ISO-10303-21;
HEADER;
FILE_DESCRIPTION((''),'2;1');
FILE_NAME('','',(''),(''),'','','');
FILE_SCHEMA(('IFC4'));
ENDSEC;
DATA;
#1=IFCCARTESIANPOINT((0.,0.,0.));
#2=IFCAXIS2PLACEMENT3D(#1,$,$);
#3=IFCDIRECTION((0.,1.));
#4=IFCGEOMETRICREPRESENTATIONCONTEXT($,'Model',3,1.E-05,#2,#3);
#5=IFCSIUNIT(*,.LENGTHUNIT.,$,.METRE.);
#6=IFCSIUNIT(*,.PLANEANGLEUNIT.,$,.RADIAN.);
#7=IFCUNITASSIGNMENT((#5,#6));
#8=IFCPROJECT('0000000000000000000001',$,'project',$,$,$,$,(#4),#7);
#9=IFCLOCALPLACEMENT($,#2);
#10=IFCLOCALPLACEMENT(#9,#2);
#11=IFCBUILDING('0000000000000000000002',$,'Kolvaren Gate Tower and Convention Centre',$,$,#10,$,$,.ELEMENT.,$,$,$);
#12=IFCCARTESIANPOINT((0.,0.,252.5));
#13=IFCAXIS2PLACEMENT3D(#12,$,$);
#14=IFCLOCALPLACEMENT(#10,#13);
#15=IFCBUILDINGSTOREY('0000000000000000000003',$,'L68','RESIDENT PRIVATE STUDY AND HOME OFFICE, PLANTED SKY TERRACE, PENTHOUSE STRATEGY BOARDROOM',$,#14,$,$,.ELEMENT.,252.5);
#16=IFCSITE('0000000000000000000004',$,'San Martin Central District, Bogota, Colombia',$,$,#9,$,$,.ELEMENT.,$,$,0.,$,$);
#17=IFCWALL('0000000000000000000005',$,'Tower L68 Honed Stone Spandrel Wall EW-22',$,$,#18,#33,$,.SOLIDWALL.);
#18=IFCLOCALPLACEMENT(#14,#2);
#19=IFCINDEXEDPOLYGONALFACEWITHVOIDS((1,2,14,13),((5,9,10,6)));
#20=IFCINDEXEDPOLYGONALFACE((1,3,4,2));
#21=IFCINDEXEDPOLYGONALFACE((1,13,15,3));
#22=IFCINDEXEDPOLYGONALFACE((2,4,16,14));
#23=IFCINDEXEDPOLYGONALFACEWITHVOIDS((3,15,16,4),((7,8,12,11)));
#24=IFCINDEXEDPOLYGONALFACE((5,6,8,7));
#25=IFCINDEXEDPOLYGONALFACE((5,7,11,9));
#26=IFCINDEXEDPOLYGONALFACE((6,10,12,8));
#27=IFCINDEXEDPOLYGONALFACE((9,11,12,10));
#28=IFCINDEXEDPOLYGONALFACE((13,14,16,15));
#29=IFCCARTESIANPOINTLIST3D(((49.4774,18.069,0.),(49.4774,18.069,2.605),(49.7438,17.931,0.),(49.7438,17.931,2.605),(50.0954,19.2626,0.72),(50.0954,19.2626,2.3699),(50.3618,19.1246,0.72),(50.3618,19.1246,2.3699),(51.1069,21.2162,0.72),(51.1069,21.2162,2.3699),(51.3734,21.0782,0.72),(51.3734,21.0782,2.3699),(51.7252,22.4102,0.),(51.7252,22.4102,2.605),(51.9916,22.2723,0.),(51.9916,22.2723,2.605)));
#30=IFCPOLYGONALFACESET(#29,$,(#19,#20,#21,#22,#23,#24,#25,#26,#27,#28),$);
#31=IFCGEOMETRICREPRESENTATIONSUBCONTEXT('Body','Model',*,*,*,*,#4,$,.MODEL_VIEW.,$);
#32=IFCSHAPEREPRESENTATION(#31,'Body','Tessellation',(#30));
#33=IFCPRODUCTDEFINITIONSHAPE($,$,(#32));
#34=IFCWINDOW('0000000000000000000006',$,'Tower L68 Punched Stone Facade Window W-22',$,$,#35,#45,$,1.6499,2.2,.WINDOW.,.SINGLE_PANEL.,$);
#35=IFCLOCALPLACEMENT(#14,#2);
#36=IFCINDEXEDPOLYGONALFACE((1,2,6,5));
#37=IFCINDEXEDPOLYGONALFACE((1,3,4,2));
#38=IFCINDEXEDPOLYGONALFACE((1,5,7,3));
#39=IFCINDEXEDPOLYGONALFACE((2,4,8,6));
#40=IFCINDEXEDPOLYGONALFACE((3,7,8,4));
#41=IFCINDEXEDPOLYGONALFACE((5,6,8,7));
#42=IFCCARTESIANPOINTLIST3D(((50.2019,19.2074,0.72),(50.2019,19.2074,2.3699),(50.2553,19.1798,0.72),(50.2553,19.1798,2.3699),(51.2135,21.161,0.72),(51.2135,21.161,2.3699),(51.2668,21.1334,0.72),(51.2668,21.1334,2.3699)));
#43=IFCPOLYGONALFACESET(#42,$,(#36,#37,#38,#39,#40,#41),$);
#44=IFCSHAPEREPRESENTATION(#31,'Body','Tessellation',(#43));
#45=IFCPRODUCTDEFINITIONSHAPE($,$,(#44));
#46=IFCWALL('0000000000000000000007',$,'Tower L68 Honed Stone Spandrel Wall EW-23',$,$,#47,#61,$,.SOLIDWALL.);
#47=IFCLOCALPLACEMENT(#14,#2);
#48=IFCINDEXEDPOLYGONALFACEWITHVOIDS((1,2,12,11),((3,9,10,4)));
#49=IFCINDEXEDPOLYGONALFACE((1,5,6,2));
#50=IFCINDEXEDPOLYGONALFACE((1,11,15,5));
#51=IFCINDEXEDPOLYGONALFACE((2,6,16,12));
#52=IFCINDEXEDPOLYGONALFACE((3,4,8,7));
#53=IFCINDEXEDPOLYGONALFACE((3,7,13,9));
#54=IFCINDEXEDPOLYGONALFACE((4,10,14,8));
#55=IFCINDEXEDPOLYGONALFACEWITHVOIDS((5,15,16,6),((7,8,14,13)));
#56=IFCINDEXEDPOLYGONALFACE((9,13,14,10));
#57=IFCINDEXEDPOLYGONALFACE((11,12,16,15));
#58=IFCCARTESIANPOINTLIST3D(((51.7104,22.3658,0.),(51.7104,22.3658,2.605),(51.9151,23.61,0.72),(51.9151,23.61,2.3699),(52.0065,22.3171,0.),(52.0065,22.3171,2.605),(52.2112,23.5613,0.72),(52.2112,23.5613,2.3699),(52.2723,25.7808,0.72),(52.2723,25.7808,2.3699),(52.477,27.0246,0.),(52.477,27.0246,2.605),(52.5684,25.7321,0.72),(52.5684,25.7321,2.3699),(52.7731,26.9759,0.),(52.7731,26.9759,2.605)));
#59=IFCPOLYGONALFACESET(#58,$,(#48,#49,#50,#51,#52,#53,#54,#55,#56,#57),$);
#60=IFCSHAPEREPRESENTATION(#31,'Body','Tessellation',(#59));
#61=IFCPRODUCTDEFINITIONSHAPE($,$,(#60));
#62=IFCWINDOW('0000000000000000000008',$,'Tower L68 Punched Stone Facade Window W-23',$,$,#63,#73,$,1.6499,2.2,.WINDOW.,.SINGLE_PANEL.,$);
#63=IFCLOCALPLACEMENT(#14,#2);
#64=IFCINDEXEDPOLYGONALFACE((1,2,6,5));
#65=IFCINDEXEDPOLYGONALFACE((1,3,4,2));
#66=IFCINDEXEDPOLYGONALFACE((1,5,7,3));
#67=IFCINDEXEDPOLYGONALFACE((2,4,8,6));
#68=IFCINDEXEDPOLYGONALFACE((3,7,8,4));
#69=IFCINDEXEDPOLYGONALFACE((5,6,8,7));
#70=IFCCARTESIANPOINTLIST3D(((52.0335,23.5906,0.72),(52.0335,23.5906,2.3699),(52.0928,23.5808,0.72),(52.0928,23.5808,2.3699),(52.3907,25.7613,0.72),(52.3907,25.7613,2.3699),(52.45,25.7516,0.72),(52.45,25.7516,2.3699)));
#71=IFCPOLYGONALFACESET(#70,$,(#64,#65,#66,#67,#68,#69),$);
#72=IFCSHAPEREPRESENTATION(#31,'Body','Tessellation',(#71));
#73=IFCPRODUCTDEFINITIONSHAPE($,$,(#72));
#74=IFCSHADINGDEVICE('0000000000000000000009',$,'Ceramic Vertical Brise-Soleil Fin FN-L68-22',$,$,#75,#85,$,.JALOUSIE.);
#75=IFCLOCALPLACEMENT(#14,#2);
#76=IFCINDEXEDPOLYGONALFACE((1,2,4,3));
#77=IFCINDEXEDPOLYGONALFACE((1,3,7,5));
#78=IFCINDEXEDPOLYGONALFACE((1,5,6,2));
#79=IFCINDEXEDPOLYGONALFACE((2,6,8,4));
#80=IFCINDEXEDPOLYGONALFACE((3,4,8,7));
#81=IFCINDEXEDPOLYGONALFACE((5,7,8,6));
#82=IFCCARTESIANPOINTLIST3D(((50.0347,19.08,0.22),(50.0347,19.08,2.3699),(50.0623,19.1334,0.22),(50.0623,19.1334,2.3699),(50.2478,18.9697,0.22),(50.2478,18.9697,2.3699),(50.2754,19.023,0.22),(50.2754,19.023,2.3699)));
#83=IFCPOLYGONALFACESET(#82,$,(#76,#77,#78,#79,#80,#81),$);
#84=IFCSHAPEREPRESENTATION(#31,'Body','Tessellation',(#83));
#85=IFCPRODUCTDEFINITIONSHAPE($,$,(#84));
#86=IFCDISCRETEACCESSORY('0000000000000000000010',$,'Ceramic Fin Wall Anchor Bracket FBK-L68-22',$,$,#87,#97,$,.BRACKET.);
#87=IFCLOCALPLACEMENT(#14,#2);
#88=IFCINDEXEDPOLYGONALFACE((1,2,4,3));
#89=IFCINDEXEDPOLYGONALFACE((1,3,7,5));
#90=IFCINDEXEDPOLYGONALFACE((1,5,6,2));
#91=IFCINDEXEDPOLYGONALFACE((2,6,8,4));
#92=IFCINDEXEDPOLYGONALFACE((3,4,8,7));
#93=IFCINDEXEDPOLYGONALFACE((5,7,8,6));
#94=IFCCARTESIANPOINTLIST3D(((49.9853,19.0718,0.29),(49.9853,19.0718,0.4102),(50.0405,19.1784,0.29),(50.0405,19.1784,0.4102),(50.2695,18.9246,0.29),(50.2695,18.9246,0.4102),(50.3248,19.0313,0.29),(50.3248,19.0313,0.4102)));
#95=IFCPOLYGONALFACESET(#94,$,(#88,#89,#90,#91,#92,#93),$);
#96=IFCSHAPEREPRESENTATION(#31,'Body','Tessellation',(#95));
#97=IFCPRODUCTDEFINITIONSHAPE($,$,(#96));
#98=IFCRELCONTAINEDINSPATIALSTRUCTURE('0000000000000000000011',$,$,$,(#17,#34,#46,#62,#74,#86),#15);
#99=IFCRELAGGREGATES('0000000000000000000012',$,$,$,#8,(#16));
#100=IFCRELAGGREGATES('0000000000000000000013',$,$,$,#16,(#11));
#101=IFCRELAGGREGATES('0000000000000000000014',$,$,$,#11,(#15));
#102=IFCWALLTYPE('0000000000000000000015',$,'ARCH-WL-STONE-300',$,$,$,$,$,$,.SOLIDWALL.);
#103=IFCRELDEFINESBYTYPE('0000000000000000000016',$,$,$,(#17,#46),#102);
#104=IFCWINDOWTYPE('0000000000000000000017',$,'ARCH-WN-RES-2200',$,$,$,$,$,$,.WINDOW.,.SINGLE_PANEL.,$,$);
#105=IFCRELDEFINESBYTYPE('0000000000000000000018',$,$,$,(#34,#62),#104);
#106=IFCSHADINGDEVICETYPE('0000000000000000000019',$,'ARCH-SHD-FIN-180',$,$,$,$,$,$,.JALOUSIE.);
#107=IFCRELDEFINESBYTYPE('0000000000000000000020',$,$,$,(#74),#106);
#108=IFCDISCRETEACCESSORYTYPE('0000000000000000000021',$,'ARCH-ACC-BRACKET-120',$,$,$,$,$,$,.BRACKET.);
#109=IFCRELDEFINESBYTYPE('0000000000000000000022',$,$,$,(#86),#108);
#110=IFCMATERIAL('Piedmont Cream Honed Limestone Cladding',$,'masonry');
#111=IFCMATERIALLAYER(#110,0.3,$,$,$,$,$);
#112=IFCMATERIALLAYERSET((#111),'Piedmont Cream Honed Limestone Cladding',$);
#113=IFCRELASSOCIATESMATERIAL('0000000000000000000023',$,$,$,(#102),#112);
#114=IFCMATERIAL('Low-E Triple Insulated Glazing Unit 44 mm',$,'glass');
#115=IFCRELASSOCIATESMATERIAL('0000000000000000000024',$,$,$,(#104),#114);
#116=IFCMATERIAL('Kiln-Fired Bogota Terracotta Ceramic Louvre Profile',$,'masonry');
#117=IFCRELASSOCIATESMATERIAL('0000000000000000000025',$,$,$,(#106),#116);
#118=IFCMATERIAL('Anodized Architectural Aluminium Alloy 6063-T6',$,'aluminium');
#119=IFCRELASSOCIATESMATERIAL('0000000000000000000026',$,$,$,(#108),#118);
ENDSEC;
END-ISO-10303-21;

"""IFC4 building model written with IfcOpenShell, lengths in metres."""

from ifc_helpers import new_model, si_unit, direction, frame, frame_2d, origin, origin_2d, place, context, subcontext, project, spatial, rectangle, extrude, material, layer, layer_set, type_object, element, fill, save


model = new_model("IFC4")

# Units and contexts
model_context = context("Model", 3, precision=1e-05, world=origin(), true_north=direction((0.0, 1.0)))
body_context = subcontext(model_context, "Body", "Model", "MODEL_VIEW")
ifc_project = project(units=[si_unit("LENGTHUNIT", "METRE"), si_unit("PLANEANGLEUNIT", "RADIAN")], contexts=[model_context])

# Site, building, storey
site_placement = place(None, origin())
site = spatial("IfcSite", under=ifc_project, at=site_placement, Name="San Martin Central District, Bogota, Colombia", CompositionType="ELEMENT", RefElevation=0.0)
building_placement = place(site_placement, origin())
building = spatial("IfcBuilding", under=site, at=building_placement, Name="Kolvaren Gate Tower and Convention Centre", CompositionType="ELEMENT")
storey_placement = place(building_placement, frame((0.0, 0.0, 252.5)))
storey = spatial("IfcBuildingStorey", under=building, at=storey_placement, Name="L68", Description="RESIDENT PRIVATE STUDY AND HOME OFFICE, PLANTED SKY TERRACE, PENTHOUSE STRATEGY BOARDROOM", CompositionType="ELEMENT", Elevation=252.5)

# Shared definitions
ifc_material_1 = material(Name="Piedmont Cream Honed Limestone Cladding", Category="masonry")

# Shared definitions
ifc_layer_1 = layer(ifc_material_1, 0.3)
ifc_layer_set_1 = layer_set([ifc_layer_1], Name="Piedmont Cream Honed Limestone Cladding")
wall_type_1 = type_object("IfcWallType", Name="ARCH-WL-STONE-300", PredefinedType="SOLIDWALL", material=ifc_layer_set_1)
ifc_material_2 = material(Name="Low-E Triple Insulated Glazing Unit 44 mm", Category="glass")
window_type = type_object("IfcWindowType", Name="ARCH-WN-RES-2200", PartitioningType="SINGLE_PANEL", PredefinedType="WINDOW", material=ifc_material_2)

# Shared definitions
ifc_material_3 = material(Name="Anodized Architectural Aluminium Alloy 6063-T6", Category="aluminium")

# Walls, openings, windows
wall_1_placement = place(storey_placement, frame((49.6106, 18.0, 0.0), z_axis=(0.0, 0.0, 1.0), x_axis=(0.459794, 0.888026, 0.0)))
wall_1 = element("IfcWall", 1, at=wall_1_placement, inside=storey, type_object=wall_type_1, Name="Tower L68 Honed Stone Spandrel Wall EW-22", PredefinedType="SOLIDWALL", context=body_context, shape_type="SweptSolid", body=[
    extrude(rectangle(XDim=4.8887, YDim=0.3, at=frame_2d((2.4443, 0.0))), origin(), (0.0, 0.0, 1.0), 2.605),
])
opening_1_placement = place(wall_1_placement, frame((1.344, 0.0, 0.72)))
opening_1 = element("IfcOpeningElement", 2, at=opening_1_placement, cuts=wall_1, PredefinedType="OPENING", context=body_context, shape_type="SweptSolid", body=[
    extrude(rectangle(XDim=2.2, YDim=1.6499, at=frame_2d((1.1001, 0.825))), frame((0.0, 0.1599, 0.0), z_axis=(0.0, -1.0, 0.0), x_axis=(1.0, 0.0, 0.0)), (0.0, 0.0, 1.0), 0.3201),
])
window_1_placement = place(opening_1_placement, origin())
window_1 = element("IfcWindow", 3, at=window_1_placement, inside=storey, type_object=window_type, Name="Tower L68 Punched Stone Facade Window W-22", OverallHeight=1.6499, OverallWidth=2.2, PartitioningType="SINGLE_PANEL", PredefinedType="WINDOW", context=body_context, shape_type="SweptSolid", body=[
    extrude(rectangle(XDim=2.2, YDim=1.6499, at=frame_2d((1.1001, 0.825))), frame((0.0, 0.03, 0.0), z_axis=(0.0, -1.0, 0.0), x_axis=(1.0, 0.0, 0.0)), (0.0, 0.0, 1.0), 0.0601),
])
fill(opening_1, window_1)
wall_2_placement = place(storey_placement, frame((51.8584, 22.3413, 0.0), z_axis=(0.0, 0.0, 1.0), x_axis=(0.162369, 0.98673, 0.0)))
wall_2 = element("IfcWall", 4, at=wall_2_placement, inside=storey, type_object=wall_type_1, Name="Tower L68 Honed Stone Spandrel Wall EW-23", PredefinedType="SOLIDWALL", context=body_context, shape_type="SweptSolid", body=[
    extrude(rectangle(XDim=4.7214, YDim=0.3, at=frame_2d((2.3608, 0.0))), origin(), (0.0, 0.0, 1.0), 2.605),
])
opening_2_placement = place(wall_2_placement, frame((1.261, 0.0, 0.72)))
opening_2 = element("IfcOpeningElement", 5, at=opening_2_placement, cuts=wall_2, PredefinedType="OPENING", context=body_context, shape_type="SweptSolid", body=[
    extrude(rectangle(XDim=2.2, YDim=1.6499, at=frame_2d((1.1001, 0.825))), frame((0.0, 0.1599, 0.0), z_axis=(0.0, -1.0, 0.0), x_axis=(1.0, 0.0, 0.0)), (0.0, 0.0, 1.0), 0.3201),
])
window_2_placement = place(opening_2_placement, origin())
window_2 = element("IfcWindow", 6, at=window_2_placement, inside=storey, type_object=window_type, Name="Tower L68 Punched Stone Facade Window W-23", OverallHeight=1.6499, OverallWidth=2.2, PartitioningType="SINGLE_PANEL", PredefinedType="WINDOW", context=body_context, shape_type="SweptSolid", body=[
    extrude(rectangle(XDim=2.2, YDim=1.6499, at=frame_2d((1.1001, 0.825))), frame((0.0, 0.03, 0.0), z_axis=(0.0, -1.0, 0.0), x_axis=(1.0, 0.0, 0.0)), (0.0, 0.0, 1.0), 0.0601),
])
fill(opening_2, window_2)

# Shading device
ifc_material_4 = material(Name="Kiln-Fired Bogota Terracotta Ceramic Louvre Profile", Category="masonry")
shading_device_type = type_object("IfcShadingDeviceType", Name="ARCH-SHD-FIN-180", PredefinedType="JALOUSIE", material=ifc_material_4)
shading_device_placement = place(storey_placement, frame((50.155, 19.0515, 0.22), z_axis=(0.0, 0.0, 1.0), x_axis=(0.459778, 0.888034, 0.0)))
element("IfcShadingDevice", 7, at=shading_device_placement, inside=storey, type_object=shading_device_type, Name="Ceramic Vertical Brise-Soleil Fin FN-L68-22", PredefinedType="JALOUSIE", context=body_context, shape_type="SweptSolid", body=[
    extrude(rectangle(XDim=0.0601, YDim=0.24, at=origin_2d()), origin(), (0.0, 0.0, 1.0), 2.1499),
])

# Discrete accessory
discrete_accessory_type = type_object("IfcDiscreteAccessoryType", Name="ARCH-ACC-BRACKET-120", PredefinedType="BRACKET", material=ifc_material_3)
discrete_accessory_placement = place(storey_placement, frame((50.155, 19.0515, 0.29), z_axis=(0.0, 0.0, 1.0), x_axis=(0.459778, 0.888034, 0.0)))
element("IfcDiscreteAccessory", 8, at=discrete_accessory_placement, inside=storey, type_object=discrete_accessory_type, Name="Ceramic Fin Wall Anchor Bracket FBK-L68-22", PredefinedType="BRACKET", context=body_context, shape_type="SweptSolid", body=[
    extrude(rectangle(XDim=0.1201, YDim=0.3201, at=origin_2d()), origin(), (0.0, 0.0, 1.0), 0.1201),
])

save(model, "model.ifc")
